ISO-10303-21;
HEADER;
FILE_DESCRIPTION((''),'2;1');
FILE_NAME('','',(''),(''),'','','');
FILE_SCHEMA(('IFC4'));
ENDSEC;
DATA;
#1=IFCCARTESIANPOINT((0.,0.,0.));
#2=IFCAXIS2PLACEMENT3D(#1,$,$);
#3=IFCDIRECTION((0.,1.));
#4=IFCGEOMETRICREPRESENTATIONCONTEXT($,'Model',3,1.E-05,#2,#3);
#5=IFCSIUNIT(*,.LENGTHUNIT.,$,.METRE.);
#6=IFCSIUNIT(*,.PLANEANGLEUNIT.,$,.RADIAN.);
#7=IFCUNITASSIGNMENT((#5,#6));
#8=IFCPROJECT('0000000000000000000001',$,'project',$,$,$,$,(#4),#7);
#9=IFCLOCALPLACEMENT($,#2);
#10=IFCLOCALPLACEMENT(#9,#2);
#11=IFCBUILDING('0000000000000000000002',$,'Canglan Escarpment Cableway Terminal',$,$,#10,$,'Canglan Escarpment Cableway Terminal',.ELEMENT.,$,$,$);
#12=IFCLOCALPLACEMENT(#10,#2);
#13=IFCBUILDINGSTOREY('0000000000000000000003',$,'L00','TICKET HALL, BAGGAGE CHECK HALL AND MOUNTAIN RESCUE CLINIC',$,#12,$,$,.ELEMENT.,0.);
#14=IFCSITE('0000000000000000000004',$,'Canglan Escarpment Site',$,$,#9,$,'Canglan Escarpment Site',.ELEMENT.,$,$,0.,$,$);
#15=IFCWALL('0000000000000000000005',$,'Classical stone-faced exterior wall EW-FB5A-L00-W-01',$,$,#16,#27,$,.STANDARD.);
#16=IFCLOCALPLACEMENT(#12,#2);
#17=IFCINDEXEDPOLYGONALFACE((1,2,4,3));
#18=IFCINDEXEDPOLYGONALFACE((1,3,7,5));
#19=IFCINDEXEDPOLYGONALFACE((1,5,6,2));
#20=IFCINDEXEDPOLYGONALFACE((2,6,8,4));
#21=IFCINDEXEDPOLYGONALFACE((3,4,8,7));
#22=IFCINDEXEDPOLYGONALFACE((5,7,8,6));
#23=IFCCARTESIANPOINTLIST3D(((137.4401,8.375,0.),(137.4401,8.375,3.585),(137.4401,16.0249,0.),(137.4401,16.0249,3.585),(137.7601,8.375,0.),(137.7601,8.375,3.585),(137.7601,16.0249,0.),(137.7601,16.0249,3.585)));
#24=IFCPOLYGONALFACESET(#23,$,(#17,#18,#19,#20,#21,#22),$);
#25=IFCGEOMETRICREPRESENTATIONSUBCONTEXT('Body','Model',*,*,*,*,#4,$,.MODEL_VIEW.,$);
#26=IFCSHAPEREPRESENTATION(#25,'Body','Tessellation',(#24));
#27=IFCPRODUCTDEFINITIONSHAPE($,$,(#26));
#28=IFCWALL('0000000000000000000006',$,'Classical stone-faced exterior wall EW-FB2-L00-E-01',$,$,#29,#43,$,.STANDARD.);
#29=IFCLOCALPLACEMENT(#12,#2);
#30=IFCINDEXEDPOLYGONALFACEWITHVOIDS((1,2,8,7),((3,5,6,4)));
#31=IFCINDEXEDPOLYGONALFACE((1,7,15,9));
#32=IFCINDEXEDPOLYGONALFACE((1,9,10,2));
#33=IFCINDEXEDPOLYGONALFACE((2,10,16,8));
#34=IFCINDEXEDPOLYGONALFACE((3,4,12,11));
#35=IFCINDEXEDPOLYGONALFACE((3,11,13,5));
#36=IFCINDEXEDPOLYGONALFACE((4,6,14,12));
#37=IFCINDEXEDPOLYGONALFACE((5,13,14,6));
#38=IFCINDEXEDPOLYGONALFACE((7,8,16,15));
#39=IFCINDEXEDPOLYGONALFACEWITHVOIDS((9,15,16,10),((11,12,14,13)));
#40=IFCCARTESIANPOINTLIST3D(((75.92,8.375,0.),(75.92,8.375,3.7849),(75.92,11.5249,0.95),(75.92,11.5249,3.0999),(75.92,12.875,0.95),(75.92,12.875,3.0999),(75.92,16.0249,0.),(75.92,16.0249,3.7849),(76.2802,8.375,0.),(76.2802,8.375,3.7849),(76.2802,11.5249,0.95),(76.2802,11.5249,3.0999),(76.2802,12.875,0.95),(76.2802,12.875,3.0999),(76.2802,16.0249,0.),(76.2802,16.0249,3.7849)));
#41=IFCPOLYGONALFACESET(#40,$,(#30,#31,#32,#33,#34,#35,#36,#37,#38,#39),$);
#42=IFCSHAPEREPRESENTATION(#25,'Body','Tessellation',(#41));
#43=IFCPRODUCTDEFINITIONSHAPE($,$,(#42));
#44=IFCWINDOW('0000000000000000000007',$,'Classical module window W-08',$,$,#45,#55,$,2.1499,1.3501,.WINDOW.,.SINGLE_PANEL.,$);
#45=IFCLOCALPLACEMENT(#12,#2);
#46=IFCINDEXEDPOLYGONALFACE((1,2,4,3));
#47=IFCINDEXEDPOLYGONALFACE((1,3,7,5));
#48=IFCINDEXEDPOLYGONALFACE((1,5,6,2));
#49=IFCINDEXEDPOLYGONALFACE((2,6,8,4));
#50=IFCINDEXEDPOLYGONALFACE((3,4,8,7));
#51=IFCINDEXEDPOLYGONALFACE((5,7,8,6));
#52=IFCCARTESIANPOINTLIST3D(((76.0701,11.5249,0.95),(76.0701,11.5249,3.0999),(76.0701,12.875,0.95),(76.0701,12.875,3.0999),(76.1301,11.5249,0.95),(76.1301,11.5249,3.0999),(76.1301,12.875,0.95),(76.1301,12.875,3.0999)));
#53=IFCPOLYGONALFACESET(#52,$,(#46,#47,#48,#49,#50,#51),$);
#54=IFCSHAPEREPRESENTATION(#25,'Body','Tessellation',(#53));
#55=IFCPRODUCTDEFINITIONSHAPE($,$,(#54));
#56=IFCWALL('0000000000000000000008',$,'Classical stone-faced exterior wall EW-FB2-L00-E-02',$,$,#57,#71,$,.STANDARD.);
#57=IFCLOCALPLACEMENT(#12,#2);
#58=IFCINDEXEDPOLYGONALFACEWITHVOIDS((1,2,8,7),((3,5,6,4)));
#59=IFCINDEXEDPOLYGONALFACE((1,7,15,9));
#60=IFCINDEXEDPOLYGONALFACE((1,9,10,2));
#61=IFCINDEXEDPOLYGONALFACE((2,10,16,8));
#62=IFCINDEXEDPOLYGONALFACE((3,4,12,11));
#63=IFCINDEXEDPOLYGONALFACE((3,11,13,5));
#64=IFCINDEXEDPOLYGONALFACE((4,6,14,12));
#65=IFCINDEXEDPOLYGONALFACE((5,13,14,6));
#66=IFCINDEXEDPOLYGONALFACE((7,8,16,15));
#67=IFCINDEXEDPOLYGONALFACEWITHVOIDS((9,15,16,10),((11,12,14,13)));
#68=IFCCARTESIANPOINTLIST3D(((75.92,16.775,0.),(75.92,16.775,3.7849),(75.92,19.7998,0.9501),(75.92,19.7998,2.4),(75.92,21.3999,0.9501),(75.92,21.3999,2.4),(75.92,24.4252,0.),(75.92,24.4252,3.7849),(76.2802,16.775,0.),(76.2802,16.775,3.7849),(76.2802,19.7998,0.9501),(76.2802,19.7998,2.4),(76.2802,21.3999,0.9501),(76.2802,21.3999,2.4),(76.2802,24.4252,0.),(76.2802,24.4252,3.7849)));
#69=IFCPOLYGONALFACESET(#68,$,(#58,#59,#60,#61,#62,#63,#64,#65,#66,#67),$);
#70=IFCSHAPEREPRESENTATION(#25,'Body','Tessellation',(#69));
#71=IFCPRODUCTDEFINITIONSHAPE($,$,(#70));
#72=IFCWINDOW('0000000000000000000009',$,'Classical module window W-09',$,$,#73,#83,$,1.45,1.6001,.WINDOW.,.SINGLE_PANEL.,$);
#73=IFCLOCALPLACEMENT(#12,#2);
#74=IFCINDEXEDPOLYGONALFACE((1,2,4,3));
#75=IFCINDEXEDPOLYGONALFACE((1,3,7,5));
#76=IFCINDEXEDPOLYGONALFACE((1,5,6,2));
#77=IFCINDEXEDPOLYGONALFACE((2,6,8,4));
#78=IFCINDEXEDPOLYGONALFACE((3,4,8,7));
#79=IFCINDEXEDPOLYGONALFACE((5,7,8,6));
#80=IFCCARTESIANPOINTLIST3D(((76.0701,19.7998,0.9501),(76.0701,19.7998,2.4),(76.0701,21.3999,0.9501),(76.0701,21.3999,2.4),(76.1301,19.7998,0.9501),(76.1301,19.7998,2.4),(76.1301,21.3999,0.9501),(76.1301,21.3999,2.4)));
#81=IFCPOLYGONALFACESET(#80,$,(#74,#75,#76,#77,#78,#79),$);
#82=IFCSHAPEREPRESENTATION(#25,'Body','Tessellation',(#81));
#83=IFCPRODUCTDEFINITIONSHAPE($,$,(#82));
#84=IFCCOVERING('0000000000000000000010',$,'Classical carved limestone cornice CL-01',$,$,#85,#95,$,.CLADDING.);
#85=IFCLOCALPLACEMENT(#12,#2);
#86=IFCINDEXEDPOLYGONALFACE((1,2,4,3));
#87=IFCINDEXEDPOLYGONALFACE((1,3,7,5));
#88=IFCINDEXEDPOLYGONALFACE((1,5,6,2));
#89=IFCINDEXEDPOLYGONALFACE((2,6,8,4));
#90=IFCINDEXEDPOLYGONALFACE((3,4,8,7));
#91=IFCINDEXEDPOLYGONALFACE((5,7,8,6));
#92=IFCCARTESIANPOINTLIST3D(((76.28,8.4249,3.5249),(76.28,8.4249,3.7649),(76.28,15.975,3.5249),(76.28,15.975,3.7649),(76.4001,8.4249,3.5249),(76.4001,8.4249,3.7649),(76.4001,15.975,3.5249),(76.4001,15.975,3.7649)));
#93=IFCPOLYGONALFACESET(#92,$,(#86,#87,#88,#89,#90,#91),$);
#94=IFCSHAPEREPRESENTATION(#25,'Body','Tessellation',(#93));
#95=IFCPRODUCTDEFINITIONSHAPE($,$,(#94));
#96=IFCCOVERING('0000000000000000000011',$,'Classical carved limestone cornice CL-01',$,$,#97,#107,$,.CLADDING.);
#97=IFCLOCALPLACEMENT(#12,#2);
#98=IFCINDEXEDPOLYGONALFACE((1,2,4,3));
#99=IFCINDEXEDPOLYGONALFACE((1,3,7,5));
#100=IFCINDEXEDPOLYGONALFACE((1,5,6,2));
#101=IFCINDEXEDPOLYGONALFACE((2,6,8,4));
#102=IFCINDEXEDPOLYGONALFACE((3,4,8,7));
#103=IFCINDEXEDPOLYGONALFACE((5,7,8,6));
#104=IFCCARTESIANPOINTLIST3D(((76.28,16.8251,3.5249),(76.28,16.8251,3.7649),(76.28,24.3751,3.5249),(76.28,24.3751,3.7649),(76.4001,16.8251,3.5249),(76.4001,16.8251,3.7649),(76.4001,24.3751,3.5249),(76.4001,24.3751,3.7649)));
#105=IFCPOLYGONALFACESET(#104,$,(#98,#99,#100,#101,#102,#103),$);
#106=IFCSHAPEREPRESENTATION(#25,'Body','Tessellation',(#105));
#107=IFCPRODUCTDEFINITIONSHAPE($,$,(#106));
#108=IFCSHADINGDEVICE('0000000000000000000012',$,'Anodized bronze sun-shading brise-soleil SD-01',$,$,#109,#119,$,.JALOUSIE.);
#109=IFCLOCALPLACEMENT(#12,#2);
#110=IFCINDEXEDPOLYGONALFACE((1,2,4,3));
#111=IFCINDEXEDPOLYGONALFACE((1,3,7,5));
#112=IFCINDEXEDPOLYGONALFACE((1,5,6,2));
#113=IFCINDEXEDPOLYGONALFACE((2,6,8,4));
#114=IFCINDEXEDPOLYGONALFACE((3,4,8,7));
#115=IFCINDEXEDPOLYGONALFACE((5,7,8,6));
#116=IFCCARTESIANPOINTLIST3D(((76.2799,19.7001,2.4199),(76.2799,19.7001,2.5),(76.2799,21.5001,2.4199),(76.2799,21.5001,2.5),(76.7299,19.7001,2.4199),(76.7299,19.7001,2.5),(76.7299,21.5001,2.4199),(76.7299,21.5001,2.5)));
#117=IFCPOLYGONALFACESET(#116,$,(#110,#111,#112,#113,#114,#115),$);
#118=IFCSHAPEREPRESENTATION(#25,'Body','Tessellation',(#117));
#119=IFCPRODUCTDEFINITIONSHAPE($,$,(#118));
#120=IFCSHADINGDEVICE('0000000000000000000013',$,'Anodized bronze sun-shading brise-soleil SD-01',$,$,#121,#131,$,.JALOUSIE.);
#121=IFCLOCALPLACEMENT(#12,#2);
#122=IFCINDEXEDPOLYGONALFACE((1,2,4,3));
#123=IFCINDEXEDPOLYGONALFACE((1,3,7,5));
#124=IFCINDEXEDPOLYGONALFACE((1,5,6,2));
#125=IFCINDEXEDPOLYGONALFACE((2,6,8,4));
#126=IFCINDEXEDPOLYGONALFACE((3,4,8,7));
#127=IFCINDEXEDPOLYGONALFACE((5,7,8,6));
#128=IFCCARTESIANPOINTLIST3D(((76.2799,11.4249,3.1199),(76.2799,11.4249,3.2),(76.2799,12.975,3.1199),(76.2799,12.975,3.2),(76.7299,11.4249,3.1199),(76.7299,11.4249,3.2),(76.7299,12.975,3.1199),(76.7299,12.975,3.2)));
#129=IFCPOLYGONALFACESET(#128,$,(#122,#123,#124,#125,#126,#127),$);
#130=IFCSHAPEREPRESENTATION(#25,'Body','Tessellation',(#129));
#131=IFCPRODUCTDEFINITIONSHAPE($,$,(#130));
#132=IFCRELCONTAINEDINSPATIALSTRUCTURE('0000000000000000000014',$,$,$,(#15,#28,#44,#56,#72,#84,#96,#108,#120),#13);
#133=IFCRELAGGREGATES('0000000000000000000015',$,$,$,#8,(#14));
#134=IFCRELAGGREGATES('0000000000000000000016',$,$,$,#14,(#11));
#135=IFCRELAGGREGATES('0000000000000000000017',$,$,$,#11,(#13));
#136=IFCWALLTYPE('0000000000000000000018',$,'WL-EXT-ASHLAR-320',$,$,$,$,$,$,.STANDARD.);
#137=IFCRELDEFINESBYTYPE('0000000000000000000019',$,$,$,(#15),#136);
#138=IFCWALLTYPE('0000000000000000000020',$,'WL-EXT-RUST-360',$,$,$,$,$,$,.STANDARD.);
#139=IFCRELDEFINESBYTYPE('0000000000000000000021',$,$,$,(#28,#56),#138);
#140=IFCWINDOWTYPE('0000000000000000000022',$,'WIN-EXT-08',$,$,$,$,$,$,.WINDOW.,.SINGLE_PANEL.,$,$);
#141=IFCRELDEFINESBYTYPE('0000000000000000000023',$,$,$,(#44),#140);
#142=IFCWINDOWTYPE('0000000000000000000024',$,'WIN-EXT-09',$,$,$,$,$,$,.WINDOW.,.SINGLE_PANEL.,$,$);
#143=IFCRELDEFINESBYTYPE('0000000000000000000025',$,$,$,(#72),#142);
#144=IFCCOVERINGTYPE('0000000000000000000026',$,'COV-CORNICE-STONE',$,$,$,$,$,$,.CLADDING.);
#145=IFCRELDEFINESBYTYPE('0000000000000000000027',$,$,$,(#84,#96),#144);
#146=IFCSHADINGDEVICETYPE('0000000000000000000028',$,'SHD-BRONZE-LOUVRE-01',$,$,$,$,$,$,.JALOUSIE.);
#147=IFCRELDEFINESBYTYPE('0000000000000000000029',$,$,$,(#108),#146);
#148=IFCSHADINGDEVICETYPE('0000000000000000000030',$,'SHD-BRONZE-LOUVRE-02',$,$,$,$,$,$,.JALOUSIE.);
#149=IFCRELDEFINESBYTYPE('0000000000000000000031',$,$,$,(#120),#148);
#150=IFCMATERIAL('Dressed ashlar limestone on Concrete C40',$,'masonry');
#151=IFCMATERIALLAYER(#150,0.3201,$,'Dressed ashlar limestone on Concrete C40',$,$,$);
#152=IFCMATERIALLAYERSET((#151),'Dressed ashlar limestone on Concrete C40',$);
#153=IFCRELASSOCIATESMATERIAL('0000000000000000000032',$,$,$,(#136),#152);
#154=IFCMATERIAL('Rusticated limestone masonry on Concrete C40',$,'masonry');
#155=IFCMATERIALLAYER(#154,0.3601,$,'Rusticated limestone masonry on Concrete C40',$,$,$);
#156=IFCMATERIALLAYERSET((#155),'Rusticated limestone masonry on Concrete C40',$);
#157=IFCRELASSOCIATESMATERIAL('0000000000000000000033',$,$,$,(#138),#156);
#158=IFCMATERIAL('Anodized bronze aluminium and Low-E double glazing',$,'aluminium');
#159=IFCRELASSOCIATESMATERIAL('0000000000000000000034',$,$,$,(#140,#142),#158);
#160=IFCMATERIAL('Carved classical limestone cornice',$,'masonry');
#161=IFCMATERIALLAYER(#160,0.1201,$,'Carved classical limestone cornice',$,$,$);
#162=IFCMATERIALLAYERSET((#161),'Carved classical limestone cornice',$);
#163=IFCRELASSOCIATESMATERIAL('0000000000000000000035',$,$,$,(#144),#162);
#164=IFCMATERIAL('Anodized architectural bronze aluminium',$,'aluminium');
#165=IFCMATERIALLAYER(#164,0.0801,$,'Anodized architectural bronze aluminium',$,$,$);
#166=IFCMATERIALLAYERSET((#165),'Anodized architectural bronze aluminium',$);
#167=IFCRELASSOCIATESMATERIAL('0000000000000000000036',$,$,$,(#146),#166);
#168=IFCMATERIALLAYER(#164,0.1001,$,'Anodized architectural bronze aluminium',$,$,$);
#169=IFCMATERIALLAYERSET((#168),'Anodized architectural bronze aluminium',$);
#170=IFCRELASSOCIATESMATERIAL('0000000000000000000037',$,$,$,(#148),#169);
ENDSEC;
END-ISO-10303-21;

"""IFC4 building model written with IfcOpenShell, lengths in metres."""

from ifc_helpers import new_model, si_unit, direction, frame, frame_2d, origin, origin_2d, place, context, subcontext, project, spatial, rectangle, extrude, material, layer, layer_set, type_object, element, fill, save


model = new_model("IFC4")

# Units and contexts
model_context = context("Model", 3, precision=1e-05, world=origin(), true_north=direction((0.0, 1.0)))
body_context = subcontext(model_context, "Body", "Model", "MODEL_VIEW")
ifc_project = project(units=[si_unit("LENGTHUNIT", "METRE"), si_unit("PLANEANGLEUNIT", "RADIAN")], contexts=[model_context])

# Site, building, storey
site_placement = place(None, origin())
site = spatial("IfcSite", under=ifc_project, at=site_placement, Name="Canglan Escarpment Site", LongName="Canglan Escarpment Site", CompositionType="ELEMENT", RefElevation=0.0)
building_placement = place(site_placement, origin())
building = spatial("IfcBuilding", under=site, at=building_placement, Name="Canglan Escarpment Cableway Terminal", LongName="Canglan Escarpment Cableway Terminal", CompositionType="ELEMENT")
storey_placement = place(building_placement, origin())
storey = spatial("IfcBuildingStorey", under=building, at=storey_placement, Name="L00", Description="TICKET HALL, BAGGAGE CHECK HALL AND MOUNTAIN RESCUE CLINIC", CompositionType="ELEMENT", Elevation=0.0)

# Shared definitions
ifc_material_1 = material(Name="Anodized bronze aluminium and Low-E double glazing", Category="aluminium")

# Wall
ifc_material_2 = material(Name="Dressed ashlar limestone on Concrete C40", Category="masonry")
ifc_layer_1 = layer(ifc_material_2, 0.3201, Name="Dressed ashlar limestone on Concrete C40")
ifc_layer_set_1 = layer_set([ifc_layer_1], Name="Dressed ashlar limestone on Concrete C40")
wall_type_1 = type_object("IfcWallType", Name="WL-EXT-ASHLAR-320", PredefinedType="STANDARD", material=ifc_layer_set_1)
wall_1_placement = place(storey_placement, frame((137.6001, 16.0249, 0.0), z_axis=(0.0, 0.0, 1.0), x_axis=(0.0, -1.0, 0.0)))
element("IfcWall", 1, at=wall_1_placement, inside=storey, type_object=wall_type_1, Name="Classical stone-faced exterior wall EW-FB5A-L00-W-01", PredefinedType="STANDARD", context=body_context, shape_type="SweptSolid", body=[
    extrude(rectangle(XDim=7.6499, YDim=0.3201, at=frame_2d((3.825, 0.0))), origin(), (0.0, 0.0, 1.0), 3.585),
])

# Walls, openings, windows
ifc_material_3 = material(Name="Rusticated limestone masonry on Concrete C40", Category="masonry")
ifc_layer_2 = layer(ifc_material_3, 0.3601, Name="Rusticated limestone masonry on Concrete C40")
ifc_layer_set_2 = layer_set([ifc_layer_2], Name="Rusticated limestone masonry on Concrete C40")
wall_type_2 = type_object("IfcWallType", Name="WL-EXT-RUST-360", PredefinedType="STANDARD", material=ifc_layer_set_2)
wall_2_placement = place(storey_placement, frame((76.1001, 8.375, 0.0), z_axis=(0.0, 0.0, 1.0), x_axis=(0.0, 1.0, 0.0)))
wall_2 = element("IfcWall", 2, at=wall_2_placement, inside=storey, type_object=wall_type_2, Name="Classical stone-faced exterior wall EW-FB2-L00-E-01", PredefinedType="STANDARD", context=body_context, shape_type="SweptSolid", body=[
    extrude(rectangle(XDim=7.6499, YDim=0.3601, at=frame_2d((3.825, 0.0))), origin(), (0.0, 0.0, 1.0), 3.7849),
])
opening_1_placement = place(wall_2_placement, frame((3.1499, 0.0, 0.95)))
opening_1 = element("IfcOpeningElement", 3, at=opening_1_placement, cuts=wall_2, PredefinedType="OPENING", context=body_context, shape_type="SweptSolid", body=[
    extrude(rectangle(XDim=1.3501, YDim=2.1499, at=frame_2d((0.675, 1.075))), frame((0.0, 0.1899, 0.0), z_axis=(0.0, -1.0, 0.0), x_axis=(1.0, 0.0, 0.0)), (0.0, 0.0, 1.0), 0.3801),
])
window_type_1 = type_object("IfcWindowType", Name="WIN-EXT-08", PartitioningType="SINGLE_PANEL", PredefinedType="WINDOW", material=ifc_material_1)
window_1_placement = place(opening_1_placement, origin())
window_1 = element("IfcWindow", 4, at=window_1_placement, inside=storey, type_object=window_type_1, Name="Classical module window W-08", OverallHeight=2.1499, OverallWidth=1.3501, PartitioningType="SINGLE_PANEL", PredefinedType="WINDOW", context=body_context, shape_type="SweptSolid", body=[
    extrude(rectangle(XDim=1.3501, YDim=2.1499, at=frame_2d((0.675, 1.075))), frame((0.0, 0.03, 0.0), z_axis=(0.0, -1.0, 0.0), x_axis=(1.0, 0.0, 0.0)), (0.0, 0.0, 1.0), 0.0601),
])
fill(opening_1, window_1)
wall_3_placement = place(storey_placement, frame((76.1001, 16.7749, 0.0), z_axis=(0.0, 0.0, 1.0), x_axis=(0.0, 1.0, 0.0)))
wall_3 = element("IfcWall", 5, at=wall_3_placement, inside=storey, type_object=wall_type_2, Name="Classical stone-faced exterior wall EW-FB2-L00-E-02", PredefinedType="STANDARD", context=body_context, shape_type="SweptSolid", body=[
    extrude(rectangle(XDim=7.6501, YDim=0.3601, at=frame_2d((3.8252, 0.0))), origin(), (0.0, 0.0, 1.0), 3.7849),
])
opening_2_placement = place(wall_3_placement, frame((3.0249, 0.0, 0.95)))
opening_2 = element("IfcOpeningElement", 6, at=opening_2_placement, cuts=wall_3, PredefinedType="OPENING", context=body_context, shape_type="SweptSolid", body=[
    extrude(rectangle(XDim=1.6001, YDim=1.45, at=frame_2d((0.8, 0.7251))), frame((0.0, 0.1899, 0.0), z_axis=(0.0, -1.0, 0.0), x_axis=(1.0, 0.0, 0.0)), (0.0, 0.0, 1.0), 0.3801),
])
window_type_2 = type_object("IfcWindowType", Name="WIN-EXT-09", PartitioningType="SINGLE_PANEL", PredefinedType="WINDOW", material=ifc_material_1)
window_2_placement = place(opening_2_placement, origin())
window_2 = element("IfcWindow", 7, at=window_2_placement, inside=storey, type_object=window_type_2, Name="Classical module window W-09", OverallHeight=1.45, OverallWidth=1.6001, PartitioningType="SINGLE_PANEL", PredefinedType="WINDOW", context=body_context, shape_type="SweptSolid", body=[
    extrude(rectangle(XDim=1.6001, YDim=1.45, at=frame_2d((0.8, 0.7251))), frame((0.0, 0.03, 0.0), z_axis=(0.0, -1.0, 0.0), x_axis=(1.0, 0.0, 0.0)), (0.0, 0.0, 1.0), 0.0601),
])
fill(opening_2, window_2)

# Coverings
ifc_material_4 = material(Name="Carved classical limestone cornice", Category="masonry")
ifc_layer_3 = layer(ifc_material_4, 0.1201, Name="Carved classical limestone cornice")
ifc_layer_set_3 = layer_set([ifc_layer_3], Name="Carved classical limestone cornice")
covering_type = type_object("IfcCoveringType", Name="COV-CORNICE-STONE", PredefinedType="CLADDING", material=ifc_layer_set_3)
for number, where, z_axis, x_axis, name in (
    (8, (76.3401, 12.2, 3.5249), (0.0, 0.0, 1.0), (0.0, 1.0, 0.0), "Classical carved limestone cornice CL-01"),
    (9, (76.3401, 20.6001, 3.5249), (0.0, 0.0, 1.0), (0.0, 1.0, 0.0), "Classical carved limestone cornice CL-01"),
):
    element("IfcCovering", number, at=place(storey_placement, frame(where, z_axis=z_axis, x_axis=x_axis)), inside=storey, type_object=covering_type, Name=name, PredefinedType="CLADDING", context=body_context, shape_type="SweptSolid", body=[
        extrude(rectangle(XDim=7.55, YDim=0.1201, at=origin_2d()), origin(), (0.0, 0.0, 1.0), 0.24),
    ])

# Shading devices
ifc_material_5 = material(Name="Anodized architectural bronze aluminium", Category="aluminium")
ifc_layer_4 = layer(ifc_material_5, 0.0801, Name="Anodized architectural bronze aluminium")
ifc_layer_set_4 = layer_set([ifc_layer_4], Name="Anodized architectural bronze aluminium")
shading_device_type_1 = type_object("IfcShadingDeviceType", Name="SHD-BRONZE-LOUVRE-01", PredefinedType="JALOUSIE", material=ifc_layer_set_4)
shading_device_1_placement = place(storey_placement, frame((76.5049, 20.6001, 2.4199), z_axis=(0.0, 0.0, 1.0), x_axis=(0.0, 1.0, 0.0)))
element("IfcShadingDevice", 10, at=shading_device_1_placement, inside=storey, type_object=shading_device_type_1, Name="Anodized bronze sun-shading brise-soleil SD-01", PredefinedType="JALOUSIE", context=body_context, shape_type="SweptSolid", body=[
    extrude(rectangle(XDim=1.8, YDim=0.45, at=origin_2d()), origin(), (0.0, 0.0, 1.0), 0.0801),
])
ifc_layer_5 = layer(ifc_material_5, 0.1001, Name="Anodized architectural bronze aluminium")
ifc_layer_set_5 = layer_set([ifc_layer_5], Name="Anodized architectural bronze aluminium")
shading_device_type_2 = type_object("IfcShadingDeviceType", Name="SHD-BRONZE-LOUVRE-02", PredefinedType="JALOUSIE", material=ifc_layer_set_5)
shading_device_2_placement = place(storey_placement, frame((76.5049, 12.2, 3.1199), z_axis=(0.0, 0.0, 1.0), x_axis=(0.0, 1.0, 0.0)))
element("IfcShadingDevice", 11, at=shading_device_2_placement, inside=storey, type_object=shading_device_type_2, Name="Anodized bronze sun-shading brise-soleil SD-01", PredefinedType="JALOUSIE", context=body_context, shape_type="SweptSolid", body=[
    extrude(rectangle(XDim=1.55, YDim=0.45, at=origin_2d()), origin(), (0.0, 0.0, 1.0), 0.0801),
])

save(model, "model.ifc")
